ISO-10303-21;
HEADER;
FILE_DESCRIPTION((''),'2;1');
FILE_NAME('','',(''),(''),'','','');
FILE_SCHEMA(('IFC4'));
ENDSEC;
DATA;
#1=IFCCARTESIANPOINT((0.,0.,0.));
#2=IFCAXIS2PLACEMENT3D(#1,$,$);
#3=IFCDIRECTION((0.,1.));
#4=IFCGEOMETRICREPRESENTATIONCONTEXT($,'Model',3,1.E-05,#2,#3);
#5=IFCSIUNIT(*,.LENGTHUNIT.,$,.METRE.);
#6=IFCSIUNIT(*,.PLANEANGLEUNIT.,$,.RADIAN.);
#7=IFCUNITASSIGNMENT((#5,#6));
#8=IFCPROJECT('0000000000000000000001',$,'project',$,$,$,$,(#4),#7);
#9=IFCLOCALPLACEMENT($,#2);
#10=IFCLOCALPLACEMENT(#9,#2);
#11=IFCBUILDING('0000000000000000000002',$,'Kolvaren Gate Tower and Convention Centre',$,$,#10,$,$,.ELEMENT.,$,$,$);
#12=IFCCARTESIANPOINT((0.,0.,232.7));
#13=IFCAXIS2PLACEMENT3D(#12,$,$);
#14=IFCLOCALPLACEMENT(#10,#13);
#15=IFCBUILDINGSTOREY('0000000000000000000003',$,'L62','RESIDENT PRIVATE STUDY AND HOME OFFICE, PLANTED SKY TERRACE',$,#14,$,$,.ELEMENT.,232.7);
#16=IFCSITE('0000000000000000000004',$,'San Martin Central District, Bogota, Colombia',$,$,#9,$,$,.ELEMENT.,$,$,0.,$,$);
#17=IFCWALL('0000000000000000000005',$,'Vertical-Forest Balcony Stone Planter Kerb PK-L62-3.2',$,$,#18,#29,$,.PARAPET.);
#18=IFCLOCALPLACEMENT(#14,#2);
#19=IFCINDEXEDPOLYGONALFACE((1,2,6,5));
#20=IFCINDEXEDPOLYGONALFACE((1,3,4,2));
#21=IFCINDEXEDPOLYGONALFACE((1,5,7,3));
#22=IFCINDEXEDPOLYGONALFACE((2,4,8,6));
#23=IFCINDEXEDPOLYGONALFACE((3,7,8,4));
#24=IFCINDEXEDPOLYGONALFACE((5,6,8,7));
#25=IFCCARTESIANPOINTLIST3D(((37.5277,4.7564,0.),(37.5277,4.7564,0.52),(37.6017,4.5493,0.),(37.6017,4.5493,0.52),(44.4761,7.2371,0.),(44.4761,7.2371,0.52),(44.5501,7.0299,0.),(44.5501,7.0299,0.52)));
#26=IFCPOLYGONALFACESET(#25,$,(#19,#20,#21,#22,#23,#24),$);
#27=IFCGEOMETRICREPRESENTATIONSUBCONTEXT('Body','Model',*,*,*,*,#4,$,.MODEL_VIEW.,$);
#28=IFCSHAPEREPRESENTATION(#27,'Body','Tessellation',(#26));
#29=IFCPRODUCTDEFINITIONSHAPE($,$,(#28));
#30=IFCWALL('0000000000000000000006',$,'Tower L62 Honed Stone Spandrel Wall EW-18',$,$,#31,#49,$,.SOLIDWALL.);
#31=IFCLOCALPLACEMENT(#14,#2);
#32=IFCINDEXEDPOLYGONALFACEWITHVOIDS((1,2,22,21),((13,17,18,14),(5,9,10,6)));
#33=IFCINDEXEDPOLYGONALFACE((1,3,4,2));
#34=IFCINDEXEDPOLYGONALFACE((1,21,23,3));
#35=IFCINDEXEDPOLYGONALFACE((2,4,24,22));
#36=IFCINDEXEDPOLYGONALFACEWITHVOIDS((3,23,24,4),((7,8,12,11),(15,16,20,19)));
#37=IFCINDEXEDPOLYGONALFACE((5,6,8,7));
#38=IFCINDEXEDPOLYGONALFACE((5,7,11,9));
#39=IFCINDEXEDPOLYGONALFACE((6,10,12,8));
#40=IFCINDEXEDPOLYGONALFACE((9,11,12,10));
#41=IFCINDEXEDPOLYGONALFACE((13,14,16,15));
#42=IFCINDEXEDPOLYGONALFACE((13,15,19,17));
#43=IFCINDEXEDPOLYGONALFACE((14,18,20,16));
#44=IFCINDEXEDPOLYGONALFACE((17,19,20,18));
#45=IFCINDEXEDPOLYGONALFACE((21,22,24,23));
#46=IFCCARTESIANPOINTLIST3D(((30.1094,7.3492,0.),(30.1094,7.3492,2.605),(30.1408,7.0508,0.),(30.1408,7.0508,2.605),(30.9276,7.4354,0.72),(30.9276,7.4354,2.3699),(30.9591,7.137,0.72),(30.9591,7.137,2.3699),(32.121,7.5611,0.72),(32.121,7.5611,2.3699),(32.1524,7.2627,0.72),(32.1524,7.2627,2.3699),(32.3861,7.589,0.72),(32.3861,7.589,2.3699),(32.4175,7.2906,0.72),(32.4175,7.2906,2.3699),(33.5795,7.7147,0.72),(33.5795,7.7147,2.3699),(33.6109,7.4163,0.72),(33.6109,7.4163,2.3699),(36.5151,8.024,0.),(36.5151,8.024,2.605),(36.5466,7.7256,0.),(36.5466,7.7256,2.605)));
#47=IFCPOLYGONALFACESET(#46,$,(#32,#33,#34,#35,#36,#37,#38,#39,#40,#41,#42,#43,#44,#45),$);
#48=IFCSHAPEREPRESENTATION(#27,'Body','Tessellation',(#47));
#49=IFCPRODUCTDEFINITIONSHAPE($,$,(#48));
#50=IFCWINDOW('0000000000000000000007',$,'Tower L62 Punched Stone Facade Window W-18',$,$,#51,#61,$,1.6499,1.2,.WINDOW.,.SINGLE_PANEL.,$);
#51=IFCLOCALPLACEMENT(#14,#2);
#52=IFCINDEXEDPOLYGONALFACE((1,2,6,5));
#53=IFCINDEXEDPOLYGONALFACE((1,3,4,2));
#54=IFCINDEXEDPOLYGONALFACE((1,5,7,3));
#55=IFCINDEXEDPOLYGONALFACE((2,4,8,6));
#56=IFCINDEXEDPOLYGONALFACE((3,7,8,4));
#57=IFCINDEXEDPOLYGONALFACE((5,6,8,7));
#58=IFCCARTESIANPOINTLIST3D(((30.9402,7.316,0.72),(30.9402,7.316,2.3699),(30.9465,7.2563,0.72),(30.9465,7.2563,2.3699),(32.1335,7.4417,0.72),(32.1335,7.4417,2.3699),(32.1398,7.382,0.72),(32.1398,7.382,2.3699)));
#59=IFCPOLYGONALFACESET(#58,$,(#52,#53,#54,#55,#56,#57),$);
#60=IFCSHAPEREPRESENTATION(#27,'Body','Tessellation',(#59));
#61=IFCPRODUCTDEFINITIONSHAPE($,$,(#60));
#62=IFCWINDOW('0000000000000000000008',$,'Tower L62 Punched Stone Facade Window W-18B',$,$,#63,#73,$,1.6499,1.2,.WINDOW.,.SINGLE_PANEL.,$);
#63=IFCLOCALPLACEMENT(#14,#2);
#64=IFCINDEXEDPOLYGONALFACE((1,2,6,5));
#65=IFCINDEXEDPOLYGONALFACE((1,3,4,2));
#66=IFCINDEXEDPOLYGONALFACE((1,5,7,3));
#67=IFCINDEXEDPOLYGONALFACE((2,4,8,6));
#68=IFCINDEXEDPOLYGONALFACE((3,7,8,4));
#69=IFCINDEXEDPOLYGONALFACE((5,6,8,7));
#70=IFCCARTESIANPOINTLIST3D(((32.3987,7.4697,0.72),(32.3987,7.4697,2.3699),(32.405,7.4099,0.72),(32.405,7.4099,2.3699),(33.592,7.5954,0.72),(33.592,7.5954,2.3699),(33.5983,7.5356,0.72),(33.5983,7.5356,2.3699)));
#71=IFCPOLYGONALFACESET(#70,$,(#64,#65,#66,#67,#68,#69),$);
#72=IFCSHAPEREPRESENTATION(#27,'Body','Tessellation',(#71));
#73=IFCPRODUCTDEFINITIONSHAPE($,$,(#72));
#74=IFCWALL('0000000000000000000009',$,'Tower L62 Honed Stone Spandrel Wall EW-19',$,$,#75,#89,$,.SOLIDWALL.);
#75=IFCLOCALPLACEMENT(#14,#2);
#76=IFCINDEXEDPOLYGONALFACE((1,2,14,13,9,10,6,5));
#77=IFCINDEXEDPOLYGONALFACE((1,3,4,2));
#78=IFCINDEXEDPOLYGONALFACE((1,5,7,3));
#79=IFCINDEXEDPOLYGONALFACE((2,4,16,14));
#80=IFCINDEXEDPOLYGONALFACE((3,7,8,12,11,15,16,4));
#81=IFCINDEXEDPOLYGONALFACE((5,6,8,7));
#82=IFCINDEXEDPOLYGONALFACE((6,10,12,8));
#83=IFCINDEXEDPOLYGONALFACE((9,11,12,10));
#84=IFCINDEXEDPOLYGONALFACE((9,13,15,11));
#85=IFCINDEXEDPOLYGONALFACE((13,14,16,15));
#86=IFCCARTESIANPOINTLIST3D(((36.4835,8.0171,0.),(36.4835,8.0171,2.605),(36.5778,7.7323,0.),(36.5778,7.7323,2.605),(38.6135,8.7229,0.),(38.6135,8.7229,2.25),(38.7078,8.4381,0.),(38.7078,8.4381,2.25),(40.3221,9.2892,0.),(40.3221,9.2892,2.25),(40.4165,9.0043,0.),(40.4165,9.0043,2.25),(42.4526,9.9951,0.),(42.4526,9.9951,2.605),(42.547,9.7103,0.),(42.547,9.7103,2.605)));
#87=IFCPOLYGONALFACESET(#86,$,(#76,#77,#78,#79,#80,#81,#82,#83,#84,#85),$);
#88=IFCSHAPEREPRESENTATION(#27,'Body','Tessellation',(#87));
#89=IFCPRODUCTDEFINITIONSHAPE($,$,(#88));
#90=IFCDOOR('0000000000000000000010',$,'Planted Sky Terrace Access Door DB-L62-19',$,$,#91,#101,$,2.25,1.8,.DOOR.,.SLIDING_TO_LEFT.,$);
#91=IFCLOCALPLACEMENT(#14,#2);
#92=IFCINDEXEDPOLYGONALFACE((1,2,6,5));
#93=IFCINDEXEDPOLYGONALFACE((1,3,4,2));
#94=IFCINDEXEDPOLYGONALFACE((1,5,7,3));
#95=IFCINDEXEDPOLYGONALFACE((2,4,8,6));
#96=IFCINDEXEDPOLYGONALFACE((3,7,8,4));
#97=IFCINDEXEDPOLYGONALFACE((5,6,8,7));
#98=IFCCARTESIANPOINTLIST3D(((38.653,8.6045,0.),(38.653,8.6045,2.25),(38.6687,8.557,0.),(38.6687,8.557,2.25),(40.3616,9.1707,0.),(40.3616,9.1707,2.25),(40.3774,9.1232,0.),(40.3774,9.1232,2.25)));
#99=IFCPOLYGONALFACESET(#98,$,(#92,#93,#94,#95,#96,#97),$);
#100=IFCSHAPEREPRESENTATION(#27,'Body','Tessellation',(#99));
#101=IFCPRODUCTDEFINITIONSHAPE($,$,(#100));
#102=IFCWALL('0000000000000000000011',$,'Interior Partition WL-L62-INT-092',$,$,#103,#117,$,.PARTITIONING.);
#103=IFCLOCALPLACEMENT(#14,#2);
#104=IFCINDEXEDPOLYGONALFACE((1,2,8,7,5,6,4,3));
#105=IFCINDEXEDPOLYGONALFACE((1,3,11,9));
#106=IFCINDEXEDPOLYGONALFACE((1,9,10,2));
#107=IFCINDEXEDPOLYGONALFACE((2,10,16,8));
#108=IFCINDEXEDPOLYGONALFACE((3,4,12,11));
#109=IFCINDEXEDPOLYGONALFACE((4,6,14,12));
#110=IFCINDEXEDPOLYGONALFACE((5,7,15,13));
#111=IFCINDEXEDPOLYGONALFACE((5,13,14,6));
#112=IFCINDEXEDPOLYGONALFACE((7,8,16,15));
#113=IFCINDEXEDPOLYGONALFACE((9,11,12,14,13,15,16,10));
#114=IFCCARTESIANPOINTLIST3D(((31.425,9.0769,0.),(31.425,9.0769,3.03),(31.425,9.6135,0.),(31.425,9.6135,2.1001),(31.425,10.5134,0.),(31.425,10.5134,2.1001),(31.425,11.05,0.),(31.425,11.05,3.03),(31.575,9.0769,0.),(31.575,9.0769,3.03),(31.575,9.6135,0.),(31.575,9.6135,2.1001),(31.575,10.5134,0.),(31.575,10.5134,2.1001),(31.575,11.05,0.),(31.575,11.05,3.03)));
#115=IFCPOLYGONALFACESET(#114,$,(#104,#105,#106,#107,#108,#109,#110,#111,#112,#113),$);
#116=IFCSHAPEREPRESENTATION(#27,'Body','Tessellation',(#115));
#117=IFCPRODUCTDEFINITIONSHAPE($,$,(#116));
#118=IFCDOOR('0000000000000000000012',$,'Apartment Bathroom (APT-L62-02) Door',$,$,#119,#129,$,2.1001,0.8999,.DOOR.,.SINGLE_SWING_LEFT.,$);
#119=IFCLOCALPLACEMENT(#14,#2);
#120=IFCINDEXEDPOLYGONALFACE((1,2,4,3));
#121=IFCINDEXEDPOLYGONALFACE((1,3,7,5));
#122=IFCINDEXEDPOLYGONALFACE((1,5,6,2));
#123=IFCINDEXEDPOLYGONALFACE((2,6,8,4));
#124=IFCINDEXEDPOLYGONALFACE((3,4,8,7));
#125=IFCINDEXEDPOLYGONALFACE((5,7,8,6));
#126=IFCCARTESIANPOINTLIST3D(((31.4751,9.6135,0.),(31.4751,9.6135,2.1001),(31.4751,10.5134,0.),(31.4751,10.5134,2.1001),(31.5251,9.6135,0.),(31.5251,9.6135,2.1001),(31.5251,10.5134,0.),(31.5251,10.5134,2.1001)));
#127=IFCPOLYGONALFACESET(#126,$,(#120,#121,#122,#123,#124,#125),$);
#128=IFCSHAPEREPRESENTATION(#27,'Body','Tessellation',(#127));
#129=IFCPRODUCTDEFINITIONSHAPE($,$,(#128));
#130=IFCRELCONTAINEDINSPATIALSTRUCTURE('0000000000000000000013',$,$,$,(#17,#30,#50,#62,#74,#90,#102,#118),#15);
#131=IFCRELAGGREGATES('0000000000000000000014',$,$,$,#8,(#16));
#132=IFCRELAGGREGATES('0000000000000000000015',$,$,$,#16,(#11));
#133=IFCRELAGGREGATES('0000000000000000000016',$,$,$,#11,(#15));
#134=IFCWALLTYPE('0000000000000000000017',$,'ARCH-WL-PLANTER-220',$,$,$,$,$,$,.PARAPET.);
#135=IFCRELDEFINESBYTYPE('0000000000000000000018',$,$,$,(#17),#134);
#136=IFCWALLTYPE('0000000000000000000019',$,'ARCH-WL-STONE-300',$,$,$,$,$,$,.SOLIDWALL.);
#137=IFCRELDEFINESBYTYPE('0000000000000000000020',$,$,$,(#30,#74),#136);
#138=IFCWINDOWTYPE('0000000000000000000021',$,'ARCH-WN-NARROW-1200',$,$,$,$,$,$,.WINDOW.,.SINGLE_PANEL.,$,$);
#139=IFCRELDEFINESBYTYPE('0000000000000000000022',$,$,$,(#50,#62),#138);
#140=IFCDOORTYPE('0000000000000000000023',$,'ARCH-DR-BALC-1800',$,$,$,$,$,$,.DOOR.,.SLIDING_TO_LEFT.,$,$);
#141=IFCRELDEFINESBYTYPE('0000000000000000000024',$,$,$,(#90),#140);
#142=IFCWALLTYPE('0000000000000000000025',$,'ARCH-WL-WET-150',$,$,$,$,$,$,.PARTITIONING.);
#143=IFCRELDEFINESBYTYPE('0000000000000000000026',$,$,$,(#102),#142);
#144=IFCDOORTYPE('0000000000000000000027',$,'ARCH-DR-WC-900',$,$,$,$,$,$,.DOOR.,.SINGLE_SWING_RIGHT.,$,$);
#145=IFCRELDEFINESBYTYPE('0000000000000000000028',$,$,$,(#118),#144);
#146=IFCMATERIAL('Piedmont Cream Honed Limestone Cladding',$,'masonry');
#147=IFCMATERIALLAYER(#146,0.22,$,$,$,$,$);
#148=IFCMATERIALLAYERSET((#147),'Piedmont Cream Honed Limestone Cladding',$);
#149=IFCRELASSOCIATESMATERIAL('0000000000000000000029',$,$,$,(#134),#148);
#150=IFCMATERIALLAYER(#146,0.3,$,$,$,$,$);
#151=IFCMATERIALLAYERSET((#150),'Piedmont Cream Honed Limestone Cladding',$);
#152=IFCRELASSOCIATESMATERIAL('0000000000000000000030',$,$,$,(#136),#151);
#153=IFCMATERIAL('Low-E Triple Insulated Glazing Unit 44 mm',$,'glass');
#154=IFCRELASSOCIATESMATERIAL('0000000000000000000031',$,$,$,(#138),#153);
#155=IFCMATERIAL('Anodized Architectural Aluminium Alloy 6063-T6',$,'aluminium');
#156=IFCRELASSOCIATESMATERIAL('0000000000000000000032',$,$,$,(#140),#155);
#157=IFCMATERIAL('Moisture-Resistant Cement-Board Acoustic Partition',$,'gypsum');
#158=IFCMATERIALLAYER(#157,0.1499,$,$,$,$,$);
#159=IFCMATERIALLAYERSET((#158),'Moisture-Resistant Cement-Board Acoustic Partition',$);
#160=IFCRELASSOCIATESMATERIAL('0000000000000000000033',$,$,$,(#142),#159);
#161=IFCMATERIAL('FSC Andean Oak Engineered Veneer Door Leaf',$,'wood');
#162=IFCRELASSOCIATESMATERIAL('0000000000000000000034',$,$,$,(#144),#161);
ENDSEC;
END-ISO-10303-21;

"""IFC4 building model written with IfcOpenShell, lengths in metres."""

from ifc_helpers import new_model, si_unit, direction, frame, frame_2d, origin, place, context, subcontext, project, spatial, rectangle, extrude, material, layer, layer_set, type_object, element, fill, save


model = new_model("IFC4")

# Units and contexts
model_context = context("Model", 3, precision=1e-05, world=origin(), true_north=direction((0.0, 1.0)))
body_context = subcontext(model_context, "Body", "Model", "MODEL_VIEW")
ifc_project = project(units=[si_unit("LENGTHUNIT", "METRE"), si_unit("PLANEANGLEUNIT", "RADIAN")], contexts=[model_context])

# Site, building, storey
site_placement = place(None, origin())
site = spatial("IfcSite", under=ifc_project, at=site_placement, Name="San Martin Central District, Bogota, Colombia", CompositionType="ELEMENT", RefElevation=0.0)
building_placement = place(site_placement, origin())
building = spatial("IfcBuilding", under=site, at=building_placement, Name="Kolvaren Gate Tower and Convention Centre", CompositionType="ELEMENT")
storey_placement = place(building_placement, frame((0.0, 0.0, 232.7)))
storey = spatial("IfcBuildingStorey", under=building, at=storey_placement, Name="L62", Description="RESIDENT PRIVATE STUDY AND HOME OFFICE, PLANTED SKY TERRACE", CompositionType="ELEMENT", Elevation=232.7)

# Shared definitions
ifc_material_1 = material(Name="FSC Andean Oak Engineered Veneer Door Leaf", Category="wood")

# Wall
ifc_material_2 = material(Name="Piedmont Cream Honed Limestone Cladding", Category="masonry")
ifc_layer_1 = layer(ifc_material_2, 0.22)
ifc_layer_set_1 = layer_set([ifc_layer_1], Name="Piedmont Cream Honed Limestone Cladding")
wall_type_1 = type_object("IfcWallType", Name="ARCH-WL-PLANTER-220", PredefinedType="PARAPET", material=ifc_layer_set_1)
wall_1_placement = place(storey_placement, frame((37.5647, 4.6528, 0.0), z_axis=(0.0, 0.0, 1.0), x_axis=(0.94178, 0.336229, 0.0)))
element("IfcWall", 1, at=wall_1_placement, inside=storey, type_object=wall_type_1, Name="Vertical-Forest Balcony Stone Planter Kerb PK-L62-3.2", PredefinedType="PARAPET", context=body_context, shape_type="SweptSolid", body=[
    extrude(rectangle(XDim=7.3779, YDim=0.22, at=frame_2d((3.689, 0.0))), origin(), (0.0, 0.0, 1.0), 0.52),
])

# Wall, openings, windows
ifc_layer_2 = layer(ifc_material_2, 0.3)
ifc_layer_set_2 = layer_set([ifc_layer_2], Name="Piedmont Cream Honed Limestone Cladding")
wall_type_2 = type_object("IfcWallType", Name="ARCH-WL-STONE-300", PredefinedType="SOLIDWALL", material=ifc_layer_set_2)
wall_2_placement = place(storey_placement, frame((30.125, 7.2, 0.0), z_axis=(0.0, 0.0, 1.0), x_axis=(0.994497, 0.104764, 0.0)))
wall_2 = element("IfcWall", 2, at=wall_2_placement, inside=storey, type_object=wall_type_2, Name="Tower L62 Honed Stone Spandrel Wall EW-18", PredefinedType="SOLIDWALL", context=body_context, shape_type="SweptSolid", body=[
    extrude(rectangle(XDim=6.4412, YDim=0.3, at=frame_2d((3.2207, 0.0))), origin(), (0.0, 0.0, 1.0), 2.605),
])
opening_1_placement = place(wall_2_placement, frame((0.8228, 0.0, 0.72)))
opening_1 = element("IfcOpeningElement", 3, at=opening_1_placement, cuts=wall_2, PredefinedType="OPENING", context=body_context, shape_type="SweptSolid", body=[
    extrude(rectangle(XDim=1.2, YDim=1.6499, at=frame_2d((0.6001, 0.825))), frame((0.0, 0.1599, 0.0), z_axis=(0.0, -1.0, 0.0), x_axis=(1.0, 0.0, 0.0)), (0.0, 0.0, 1.0), 0.3201),
])
opening_2_placement = place(wall_2_placement, frame((2.2893, 0.0, 0.72)))
opening_2 = element("IfcOpeningElement", 4, at=opening_2_placement, cuts=wall_2, PredefinedType="OPENING", context=body_context, shape_type="SweptSolid", body=[
    extrude(rectangle(XDim=1.2, YDim=1.6499, at=frame_2d((0.6001, 0.825))), frame((0.0, 0.1599, 0.0), z_axis=(0.0, -1.0, 0.0), x_axis=(1.0, 0.0, 0.0)), (0.0, 0.0, 1.0), 0.3201),
])
ifc_material_3 = material(Name="Low-E Triple Insulated Glazing Unit 44 mm", Category="glass")
window_type = type_object("IfcWindowType", Name="ARCH-WN-NARROW-1200", PartitioningType="SINGLE_PANEL", PredefinedType="WINDOW", material=ifc_material_3)
window_1_placement = place(opening_1_placement, origin())
window_1 = element("IfcWindow", 5, at=window_1_placement, inside=storey, type_object=window_type, Name="Tower L62 Punched Stone Facade Window W-18", OverallHeight=1.6499, OverallWidth=1.2, PartitioningType="SINGLE_PANEL", PredefinedType="WINDOW", context=body_context, shape_type="SweptSolid", body=[
    extrude(rectangle(XDim=1.2, YDim=1.6499, at=frame_2d((0.6001, 0.825))), frame((0.0, 0.03, 0.0), z_axis=(0.0, -1.0, 0.0), x_axis=(1.0, 0.0, 0.0)), (0.0, 0.0, 1.0), 0.0601),
])
fill(opening_1, window_1)
window_2_placement = place(opening_2_placement, origin())
window_2 = element("IfcWindow", 6, at=window_2_placement, inside=storey, type_object=window_type, Name="Tower L62 Punched Stone Facade Window W-18B", OverallHeight=1.6499, OverallWidth=1.2, PartitioningType="SINGLE_PANEL", PredefinedType="WINDOW", context=body_context, shape_type="SweptSolid", body=[
    extrude(rectangle(XDim=1.2, YDim=1.6499, at=frame_2d((0.6001, 0.825))), frame((0.0, 0.03, 0.0), z_axis=(0.0, -1.0, 0.0), x_axis=(1.0, 0.0, 0.0)), (0.0, 0.0, 1.0), 0.0601),
])
fill(opening_2, window_2)

# Walls, openings, doors
wall_3_placement = place(storey_placement, frame((36.5308, 7.8748, 0.0), z_axis=(0.0, 0.0, 1.0), x_axis=(0.949241, 0.31455, 0.0)))
wall_3 = element("IfcWall", 7, at=wall_3_placement, inside=storey, type_object=wall_type_2, Name="Tower L62 Honed Stone Spandrel Wall EW-19", PredefinedType="SOLIDWALL", context=body_context, shape_type="SweptSolid", body=[
    extrude(rectangle(XDim=6.2883, YDim=0.3, at=frame_2d((3.144, 0.0))), origin(), (0.0, 0.0, 1.0), 2.605),
])
opening_3_placement = place(wall_3_placement, frame((2.2439, 0.0, 0.0)))
opening_3 = element("IfcOpeningElement", 8, at=opening_3_placement, cuts=wall_3, PredefinedType="OPENING", context=body_context, shape_type="SweptSolid", body=[
    extrude(rectangle(XDim=1.8, YDim=2.25, at=frame_2d((0.8999, 1.125))), frame((0.0, 0.1599, 0.0), z_axis=(0.0, -1.0, 0.0), x_axis=(1.0, 0.0, 0.0)), (0.0, 0.0, 1.0), 0.3201),
])
ifc_material_4 = material(Name="Anodized Architectural Aluminium Alloy 6063-T6", Category="aluminium")
door_type_1 = type_object("IfcDoorType", Name="ARCH-DR-BALC-1800", OperationType="SLIDING_TO_LEFT", PredefinedType="DOOR", material=ifc_material_4)
door_1_placement = place(opening_3_placement, frame((1.8, 0.0, 0.0), z_axis=(0.0, 0.0, 1.0), x_axis=(-1.0, 0.0, 0.0)))
door_1 = element("IfcDoor", 9, at=door_1_placement, inside=storey, type_object=door_type_1, Name="Planted Sky Terrace Access Door DB-L62-19", OperationType="SLIDING_TO_LEFT", OverallHeight=2.25, OverallWidth=1.8, PredefinedType="DOOR", context=body_context, shape_type="SweptSolid", body=[
    extrude(rectangle(XDim=1.8, YDim=2.25, at=frame_2d((0.8999, 1.125))), frame((0.0, 0.0249, 0.0), z_axis=(0.0, -1.0, 0.0), x_axis=(1.0, 0.0, 0.0)), (0.0, 0.0, 1.0), 0.05),
])
fill(opening_3, door_1)
ifc_material_5 = material(Name="Moisture-Resistant Cement-Board Acoustic Partition", Category="gypsum")
ifc_layer_3 = layer(ifc_material_5, 0.1499)
ifc_layer_set_3 = layer_set([ifc_layer_3], Name="Moisture-Resistant Cement-Board Acoustic Partition")
wall_type_3 = type_object("IfcWallType", Name="ARCH-WL-WET-150", PredefinedType="PARTITIONING", material=ifc_layer_set_3)
wall_4_placement = place(storey_placement, frame((31.5, 9.0769, 0.0), z_axis=(0.0, 0.0, 1.0), x_axis=(0.0, 1.0, 0.0)))
wall_4 = element("IfcWall", 10, at=wall_4_placement, inside=storey, type_object=wall_type_3, Name="Interior Partition WL-L62-INT-092", PredefinedType="PARTITIONING", context=body_context, shape_type="SweptSolid", body=[
    extrude(rectangle(XDim=1.9731, YDim=0.1499, at=frame_2d((0.9866, 0.0))), origin(), (0.0, 0.0, 1.0), 3.03),
])
opening_4_placement = place(wall_4_placement, frame((0.5366, 0.0, 0.0)))
opening_4 = element("IfcOpeningElement", 11, at=opening_4_placement, cuts=wall_4, PredefinedType="OPENING", context=body_context, shape_type="SweptSolid", body=[
    extrude(rectangle(XDim=0.8999, YDim=2.1001, at=frame_2d((0.45, 1.05))), frame((0.0, 0.085, 0.0), z_axis=(0.0, -1.0, 0.0), x_axis=(1.0, 0.0, 0.0)), (0.0, 0.0, 1.0), 0.1699),
])
door_type_2 = type_object("IfcDoorType", Name="ARCH-DR-WC-900", OperationType="SINGLE_SWING_RIGHT", PredefinedType="DOOR", material=ifc_material_1)
door_2_placement = place(opening_4_placement, origin())
door_2 = element("IfcDoor", 12, at=door_2_placement, inside=storey, type_object=door_type_2, Name="Apartment Bathroom (APT-L62-02) Door", OperationType="SINGLE_SWING_LEFT", OverallHeight=2.1001, OverallWidth=0.8999, PredefinedType="DOOR", context=body_context, shape_type="SweptSolid", body=[
    extrude(rectangle(XDim=0.8999, YDim=2.1001, at=frame_2d((0.45, 1.05))), frame((0.0, 0.0249, 0.0), z_axis=(0.0, -1.0, 0.0), x_axis=(1.0, 0.0, 0.0)), (0.0, 0.0, 1.0), 0.05),
])
fill(opening_4, door_2)

save(model, "model.ifc")
